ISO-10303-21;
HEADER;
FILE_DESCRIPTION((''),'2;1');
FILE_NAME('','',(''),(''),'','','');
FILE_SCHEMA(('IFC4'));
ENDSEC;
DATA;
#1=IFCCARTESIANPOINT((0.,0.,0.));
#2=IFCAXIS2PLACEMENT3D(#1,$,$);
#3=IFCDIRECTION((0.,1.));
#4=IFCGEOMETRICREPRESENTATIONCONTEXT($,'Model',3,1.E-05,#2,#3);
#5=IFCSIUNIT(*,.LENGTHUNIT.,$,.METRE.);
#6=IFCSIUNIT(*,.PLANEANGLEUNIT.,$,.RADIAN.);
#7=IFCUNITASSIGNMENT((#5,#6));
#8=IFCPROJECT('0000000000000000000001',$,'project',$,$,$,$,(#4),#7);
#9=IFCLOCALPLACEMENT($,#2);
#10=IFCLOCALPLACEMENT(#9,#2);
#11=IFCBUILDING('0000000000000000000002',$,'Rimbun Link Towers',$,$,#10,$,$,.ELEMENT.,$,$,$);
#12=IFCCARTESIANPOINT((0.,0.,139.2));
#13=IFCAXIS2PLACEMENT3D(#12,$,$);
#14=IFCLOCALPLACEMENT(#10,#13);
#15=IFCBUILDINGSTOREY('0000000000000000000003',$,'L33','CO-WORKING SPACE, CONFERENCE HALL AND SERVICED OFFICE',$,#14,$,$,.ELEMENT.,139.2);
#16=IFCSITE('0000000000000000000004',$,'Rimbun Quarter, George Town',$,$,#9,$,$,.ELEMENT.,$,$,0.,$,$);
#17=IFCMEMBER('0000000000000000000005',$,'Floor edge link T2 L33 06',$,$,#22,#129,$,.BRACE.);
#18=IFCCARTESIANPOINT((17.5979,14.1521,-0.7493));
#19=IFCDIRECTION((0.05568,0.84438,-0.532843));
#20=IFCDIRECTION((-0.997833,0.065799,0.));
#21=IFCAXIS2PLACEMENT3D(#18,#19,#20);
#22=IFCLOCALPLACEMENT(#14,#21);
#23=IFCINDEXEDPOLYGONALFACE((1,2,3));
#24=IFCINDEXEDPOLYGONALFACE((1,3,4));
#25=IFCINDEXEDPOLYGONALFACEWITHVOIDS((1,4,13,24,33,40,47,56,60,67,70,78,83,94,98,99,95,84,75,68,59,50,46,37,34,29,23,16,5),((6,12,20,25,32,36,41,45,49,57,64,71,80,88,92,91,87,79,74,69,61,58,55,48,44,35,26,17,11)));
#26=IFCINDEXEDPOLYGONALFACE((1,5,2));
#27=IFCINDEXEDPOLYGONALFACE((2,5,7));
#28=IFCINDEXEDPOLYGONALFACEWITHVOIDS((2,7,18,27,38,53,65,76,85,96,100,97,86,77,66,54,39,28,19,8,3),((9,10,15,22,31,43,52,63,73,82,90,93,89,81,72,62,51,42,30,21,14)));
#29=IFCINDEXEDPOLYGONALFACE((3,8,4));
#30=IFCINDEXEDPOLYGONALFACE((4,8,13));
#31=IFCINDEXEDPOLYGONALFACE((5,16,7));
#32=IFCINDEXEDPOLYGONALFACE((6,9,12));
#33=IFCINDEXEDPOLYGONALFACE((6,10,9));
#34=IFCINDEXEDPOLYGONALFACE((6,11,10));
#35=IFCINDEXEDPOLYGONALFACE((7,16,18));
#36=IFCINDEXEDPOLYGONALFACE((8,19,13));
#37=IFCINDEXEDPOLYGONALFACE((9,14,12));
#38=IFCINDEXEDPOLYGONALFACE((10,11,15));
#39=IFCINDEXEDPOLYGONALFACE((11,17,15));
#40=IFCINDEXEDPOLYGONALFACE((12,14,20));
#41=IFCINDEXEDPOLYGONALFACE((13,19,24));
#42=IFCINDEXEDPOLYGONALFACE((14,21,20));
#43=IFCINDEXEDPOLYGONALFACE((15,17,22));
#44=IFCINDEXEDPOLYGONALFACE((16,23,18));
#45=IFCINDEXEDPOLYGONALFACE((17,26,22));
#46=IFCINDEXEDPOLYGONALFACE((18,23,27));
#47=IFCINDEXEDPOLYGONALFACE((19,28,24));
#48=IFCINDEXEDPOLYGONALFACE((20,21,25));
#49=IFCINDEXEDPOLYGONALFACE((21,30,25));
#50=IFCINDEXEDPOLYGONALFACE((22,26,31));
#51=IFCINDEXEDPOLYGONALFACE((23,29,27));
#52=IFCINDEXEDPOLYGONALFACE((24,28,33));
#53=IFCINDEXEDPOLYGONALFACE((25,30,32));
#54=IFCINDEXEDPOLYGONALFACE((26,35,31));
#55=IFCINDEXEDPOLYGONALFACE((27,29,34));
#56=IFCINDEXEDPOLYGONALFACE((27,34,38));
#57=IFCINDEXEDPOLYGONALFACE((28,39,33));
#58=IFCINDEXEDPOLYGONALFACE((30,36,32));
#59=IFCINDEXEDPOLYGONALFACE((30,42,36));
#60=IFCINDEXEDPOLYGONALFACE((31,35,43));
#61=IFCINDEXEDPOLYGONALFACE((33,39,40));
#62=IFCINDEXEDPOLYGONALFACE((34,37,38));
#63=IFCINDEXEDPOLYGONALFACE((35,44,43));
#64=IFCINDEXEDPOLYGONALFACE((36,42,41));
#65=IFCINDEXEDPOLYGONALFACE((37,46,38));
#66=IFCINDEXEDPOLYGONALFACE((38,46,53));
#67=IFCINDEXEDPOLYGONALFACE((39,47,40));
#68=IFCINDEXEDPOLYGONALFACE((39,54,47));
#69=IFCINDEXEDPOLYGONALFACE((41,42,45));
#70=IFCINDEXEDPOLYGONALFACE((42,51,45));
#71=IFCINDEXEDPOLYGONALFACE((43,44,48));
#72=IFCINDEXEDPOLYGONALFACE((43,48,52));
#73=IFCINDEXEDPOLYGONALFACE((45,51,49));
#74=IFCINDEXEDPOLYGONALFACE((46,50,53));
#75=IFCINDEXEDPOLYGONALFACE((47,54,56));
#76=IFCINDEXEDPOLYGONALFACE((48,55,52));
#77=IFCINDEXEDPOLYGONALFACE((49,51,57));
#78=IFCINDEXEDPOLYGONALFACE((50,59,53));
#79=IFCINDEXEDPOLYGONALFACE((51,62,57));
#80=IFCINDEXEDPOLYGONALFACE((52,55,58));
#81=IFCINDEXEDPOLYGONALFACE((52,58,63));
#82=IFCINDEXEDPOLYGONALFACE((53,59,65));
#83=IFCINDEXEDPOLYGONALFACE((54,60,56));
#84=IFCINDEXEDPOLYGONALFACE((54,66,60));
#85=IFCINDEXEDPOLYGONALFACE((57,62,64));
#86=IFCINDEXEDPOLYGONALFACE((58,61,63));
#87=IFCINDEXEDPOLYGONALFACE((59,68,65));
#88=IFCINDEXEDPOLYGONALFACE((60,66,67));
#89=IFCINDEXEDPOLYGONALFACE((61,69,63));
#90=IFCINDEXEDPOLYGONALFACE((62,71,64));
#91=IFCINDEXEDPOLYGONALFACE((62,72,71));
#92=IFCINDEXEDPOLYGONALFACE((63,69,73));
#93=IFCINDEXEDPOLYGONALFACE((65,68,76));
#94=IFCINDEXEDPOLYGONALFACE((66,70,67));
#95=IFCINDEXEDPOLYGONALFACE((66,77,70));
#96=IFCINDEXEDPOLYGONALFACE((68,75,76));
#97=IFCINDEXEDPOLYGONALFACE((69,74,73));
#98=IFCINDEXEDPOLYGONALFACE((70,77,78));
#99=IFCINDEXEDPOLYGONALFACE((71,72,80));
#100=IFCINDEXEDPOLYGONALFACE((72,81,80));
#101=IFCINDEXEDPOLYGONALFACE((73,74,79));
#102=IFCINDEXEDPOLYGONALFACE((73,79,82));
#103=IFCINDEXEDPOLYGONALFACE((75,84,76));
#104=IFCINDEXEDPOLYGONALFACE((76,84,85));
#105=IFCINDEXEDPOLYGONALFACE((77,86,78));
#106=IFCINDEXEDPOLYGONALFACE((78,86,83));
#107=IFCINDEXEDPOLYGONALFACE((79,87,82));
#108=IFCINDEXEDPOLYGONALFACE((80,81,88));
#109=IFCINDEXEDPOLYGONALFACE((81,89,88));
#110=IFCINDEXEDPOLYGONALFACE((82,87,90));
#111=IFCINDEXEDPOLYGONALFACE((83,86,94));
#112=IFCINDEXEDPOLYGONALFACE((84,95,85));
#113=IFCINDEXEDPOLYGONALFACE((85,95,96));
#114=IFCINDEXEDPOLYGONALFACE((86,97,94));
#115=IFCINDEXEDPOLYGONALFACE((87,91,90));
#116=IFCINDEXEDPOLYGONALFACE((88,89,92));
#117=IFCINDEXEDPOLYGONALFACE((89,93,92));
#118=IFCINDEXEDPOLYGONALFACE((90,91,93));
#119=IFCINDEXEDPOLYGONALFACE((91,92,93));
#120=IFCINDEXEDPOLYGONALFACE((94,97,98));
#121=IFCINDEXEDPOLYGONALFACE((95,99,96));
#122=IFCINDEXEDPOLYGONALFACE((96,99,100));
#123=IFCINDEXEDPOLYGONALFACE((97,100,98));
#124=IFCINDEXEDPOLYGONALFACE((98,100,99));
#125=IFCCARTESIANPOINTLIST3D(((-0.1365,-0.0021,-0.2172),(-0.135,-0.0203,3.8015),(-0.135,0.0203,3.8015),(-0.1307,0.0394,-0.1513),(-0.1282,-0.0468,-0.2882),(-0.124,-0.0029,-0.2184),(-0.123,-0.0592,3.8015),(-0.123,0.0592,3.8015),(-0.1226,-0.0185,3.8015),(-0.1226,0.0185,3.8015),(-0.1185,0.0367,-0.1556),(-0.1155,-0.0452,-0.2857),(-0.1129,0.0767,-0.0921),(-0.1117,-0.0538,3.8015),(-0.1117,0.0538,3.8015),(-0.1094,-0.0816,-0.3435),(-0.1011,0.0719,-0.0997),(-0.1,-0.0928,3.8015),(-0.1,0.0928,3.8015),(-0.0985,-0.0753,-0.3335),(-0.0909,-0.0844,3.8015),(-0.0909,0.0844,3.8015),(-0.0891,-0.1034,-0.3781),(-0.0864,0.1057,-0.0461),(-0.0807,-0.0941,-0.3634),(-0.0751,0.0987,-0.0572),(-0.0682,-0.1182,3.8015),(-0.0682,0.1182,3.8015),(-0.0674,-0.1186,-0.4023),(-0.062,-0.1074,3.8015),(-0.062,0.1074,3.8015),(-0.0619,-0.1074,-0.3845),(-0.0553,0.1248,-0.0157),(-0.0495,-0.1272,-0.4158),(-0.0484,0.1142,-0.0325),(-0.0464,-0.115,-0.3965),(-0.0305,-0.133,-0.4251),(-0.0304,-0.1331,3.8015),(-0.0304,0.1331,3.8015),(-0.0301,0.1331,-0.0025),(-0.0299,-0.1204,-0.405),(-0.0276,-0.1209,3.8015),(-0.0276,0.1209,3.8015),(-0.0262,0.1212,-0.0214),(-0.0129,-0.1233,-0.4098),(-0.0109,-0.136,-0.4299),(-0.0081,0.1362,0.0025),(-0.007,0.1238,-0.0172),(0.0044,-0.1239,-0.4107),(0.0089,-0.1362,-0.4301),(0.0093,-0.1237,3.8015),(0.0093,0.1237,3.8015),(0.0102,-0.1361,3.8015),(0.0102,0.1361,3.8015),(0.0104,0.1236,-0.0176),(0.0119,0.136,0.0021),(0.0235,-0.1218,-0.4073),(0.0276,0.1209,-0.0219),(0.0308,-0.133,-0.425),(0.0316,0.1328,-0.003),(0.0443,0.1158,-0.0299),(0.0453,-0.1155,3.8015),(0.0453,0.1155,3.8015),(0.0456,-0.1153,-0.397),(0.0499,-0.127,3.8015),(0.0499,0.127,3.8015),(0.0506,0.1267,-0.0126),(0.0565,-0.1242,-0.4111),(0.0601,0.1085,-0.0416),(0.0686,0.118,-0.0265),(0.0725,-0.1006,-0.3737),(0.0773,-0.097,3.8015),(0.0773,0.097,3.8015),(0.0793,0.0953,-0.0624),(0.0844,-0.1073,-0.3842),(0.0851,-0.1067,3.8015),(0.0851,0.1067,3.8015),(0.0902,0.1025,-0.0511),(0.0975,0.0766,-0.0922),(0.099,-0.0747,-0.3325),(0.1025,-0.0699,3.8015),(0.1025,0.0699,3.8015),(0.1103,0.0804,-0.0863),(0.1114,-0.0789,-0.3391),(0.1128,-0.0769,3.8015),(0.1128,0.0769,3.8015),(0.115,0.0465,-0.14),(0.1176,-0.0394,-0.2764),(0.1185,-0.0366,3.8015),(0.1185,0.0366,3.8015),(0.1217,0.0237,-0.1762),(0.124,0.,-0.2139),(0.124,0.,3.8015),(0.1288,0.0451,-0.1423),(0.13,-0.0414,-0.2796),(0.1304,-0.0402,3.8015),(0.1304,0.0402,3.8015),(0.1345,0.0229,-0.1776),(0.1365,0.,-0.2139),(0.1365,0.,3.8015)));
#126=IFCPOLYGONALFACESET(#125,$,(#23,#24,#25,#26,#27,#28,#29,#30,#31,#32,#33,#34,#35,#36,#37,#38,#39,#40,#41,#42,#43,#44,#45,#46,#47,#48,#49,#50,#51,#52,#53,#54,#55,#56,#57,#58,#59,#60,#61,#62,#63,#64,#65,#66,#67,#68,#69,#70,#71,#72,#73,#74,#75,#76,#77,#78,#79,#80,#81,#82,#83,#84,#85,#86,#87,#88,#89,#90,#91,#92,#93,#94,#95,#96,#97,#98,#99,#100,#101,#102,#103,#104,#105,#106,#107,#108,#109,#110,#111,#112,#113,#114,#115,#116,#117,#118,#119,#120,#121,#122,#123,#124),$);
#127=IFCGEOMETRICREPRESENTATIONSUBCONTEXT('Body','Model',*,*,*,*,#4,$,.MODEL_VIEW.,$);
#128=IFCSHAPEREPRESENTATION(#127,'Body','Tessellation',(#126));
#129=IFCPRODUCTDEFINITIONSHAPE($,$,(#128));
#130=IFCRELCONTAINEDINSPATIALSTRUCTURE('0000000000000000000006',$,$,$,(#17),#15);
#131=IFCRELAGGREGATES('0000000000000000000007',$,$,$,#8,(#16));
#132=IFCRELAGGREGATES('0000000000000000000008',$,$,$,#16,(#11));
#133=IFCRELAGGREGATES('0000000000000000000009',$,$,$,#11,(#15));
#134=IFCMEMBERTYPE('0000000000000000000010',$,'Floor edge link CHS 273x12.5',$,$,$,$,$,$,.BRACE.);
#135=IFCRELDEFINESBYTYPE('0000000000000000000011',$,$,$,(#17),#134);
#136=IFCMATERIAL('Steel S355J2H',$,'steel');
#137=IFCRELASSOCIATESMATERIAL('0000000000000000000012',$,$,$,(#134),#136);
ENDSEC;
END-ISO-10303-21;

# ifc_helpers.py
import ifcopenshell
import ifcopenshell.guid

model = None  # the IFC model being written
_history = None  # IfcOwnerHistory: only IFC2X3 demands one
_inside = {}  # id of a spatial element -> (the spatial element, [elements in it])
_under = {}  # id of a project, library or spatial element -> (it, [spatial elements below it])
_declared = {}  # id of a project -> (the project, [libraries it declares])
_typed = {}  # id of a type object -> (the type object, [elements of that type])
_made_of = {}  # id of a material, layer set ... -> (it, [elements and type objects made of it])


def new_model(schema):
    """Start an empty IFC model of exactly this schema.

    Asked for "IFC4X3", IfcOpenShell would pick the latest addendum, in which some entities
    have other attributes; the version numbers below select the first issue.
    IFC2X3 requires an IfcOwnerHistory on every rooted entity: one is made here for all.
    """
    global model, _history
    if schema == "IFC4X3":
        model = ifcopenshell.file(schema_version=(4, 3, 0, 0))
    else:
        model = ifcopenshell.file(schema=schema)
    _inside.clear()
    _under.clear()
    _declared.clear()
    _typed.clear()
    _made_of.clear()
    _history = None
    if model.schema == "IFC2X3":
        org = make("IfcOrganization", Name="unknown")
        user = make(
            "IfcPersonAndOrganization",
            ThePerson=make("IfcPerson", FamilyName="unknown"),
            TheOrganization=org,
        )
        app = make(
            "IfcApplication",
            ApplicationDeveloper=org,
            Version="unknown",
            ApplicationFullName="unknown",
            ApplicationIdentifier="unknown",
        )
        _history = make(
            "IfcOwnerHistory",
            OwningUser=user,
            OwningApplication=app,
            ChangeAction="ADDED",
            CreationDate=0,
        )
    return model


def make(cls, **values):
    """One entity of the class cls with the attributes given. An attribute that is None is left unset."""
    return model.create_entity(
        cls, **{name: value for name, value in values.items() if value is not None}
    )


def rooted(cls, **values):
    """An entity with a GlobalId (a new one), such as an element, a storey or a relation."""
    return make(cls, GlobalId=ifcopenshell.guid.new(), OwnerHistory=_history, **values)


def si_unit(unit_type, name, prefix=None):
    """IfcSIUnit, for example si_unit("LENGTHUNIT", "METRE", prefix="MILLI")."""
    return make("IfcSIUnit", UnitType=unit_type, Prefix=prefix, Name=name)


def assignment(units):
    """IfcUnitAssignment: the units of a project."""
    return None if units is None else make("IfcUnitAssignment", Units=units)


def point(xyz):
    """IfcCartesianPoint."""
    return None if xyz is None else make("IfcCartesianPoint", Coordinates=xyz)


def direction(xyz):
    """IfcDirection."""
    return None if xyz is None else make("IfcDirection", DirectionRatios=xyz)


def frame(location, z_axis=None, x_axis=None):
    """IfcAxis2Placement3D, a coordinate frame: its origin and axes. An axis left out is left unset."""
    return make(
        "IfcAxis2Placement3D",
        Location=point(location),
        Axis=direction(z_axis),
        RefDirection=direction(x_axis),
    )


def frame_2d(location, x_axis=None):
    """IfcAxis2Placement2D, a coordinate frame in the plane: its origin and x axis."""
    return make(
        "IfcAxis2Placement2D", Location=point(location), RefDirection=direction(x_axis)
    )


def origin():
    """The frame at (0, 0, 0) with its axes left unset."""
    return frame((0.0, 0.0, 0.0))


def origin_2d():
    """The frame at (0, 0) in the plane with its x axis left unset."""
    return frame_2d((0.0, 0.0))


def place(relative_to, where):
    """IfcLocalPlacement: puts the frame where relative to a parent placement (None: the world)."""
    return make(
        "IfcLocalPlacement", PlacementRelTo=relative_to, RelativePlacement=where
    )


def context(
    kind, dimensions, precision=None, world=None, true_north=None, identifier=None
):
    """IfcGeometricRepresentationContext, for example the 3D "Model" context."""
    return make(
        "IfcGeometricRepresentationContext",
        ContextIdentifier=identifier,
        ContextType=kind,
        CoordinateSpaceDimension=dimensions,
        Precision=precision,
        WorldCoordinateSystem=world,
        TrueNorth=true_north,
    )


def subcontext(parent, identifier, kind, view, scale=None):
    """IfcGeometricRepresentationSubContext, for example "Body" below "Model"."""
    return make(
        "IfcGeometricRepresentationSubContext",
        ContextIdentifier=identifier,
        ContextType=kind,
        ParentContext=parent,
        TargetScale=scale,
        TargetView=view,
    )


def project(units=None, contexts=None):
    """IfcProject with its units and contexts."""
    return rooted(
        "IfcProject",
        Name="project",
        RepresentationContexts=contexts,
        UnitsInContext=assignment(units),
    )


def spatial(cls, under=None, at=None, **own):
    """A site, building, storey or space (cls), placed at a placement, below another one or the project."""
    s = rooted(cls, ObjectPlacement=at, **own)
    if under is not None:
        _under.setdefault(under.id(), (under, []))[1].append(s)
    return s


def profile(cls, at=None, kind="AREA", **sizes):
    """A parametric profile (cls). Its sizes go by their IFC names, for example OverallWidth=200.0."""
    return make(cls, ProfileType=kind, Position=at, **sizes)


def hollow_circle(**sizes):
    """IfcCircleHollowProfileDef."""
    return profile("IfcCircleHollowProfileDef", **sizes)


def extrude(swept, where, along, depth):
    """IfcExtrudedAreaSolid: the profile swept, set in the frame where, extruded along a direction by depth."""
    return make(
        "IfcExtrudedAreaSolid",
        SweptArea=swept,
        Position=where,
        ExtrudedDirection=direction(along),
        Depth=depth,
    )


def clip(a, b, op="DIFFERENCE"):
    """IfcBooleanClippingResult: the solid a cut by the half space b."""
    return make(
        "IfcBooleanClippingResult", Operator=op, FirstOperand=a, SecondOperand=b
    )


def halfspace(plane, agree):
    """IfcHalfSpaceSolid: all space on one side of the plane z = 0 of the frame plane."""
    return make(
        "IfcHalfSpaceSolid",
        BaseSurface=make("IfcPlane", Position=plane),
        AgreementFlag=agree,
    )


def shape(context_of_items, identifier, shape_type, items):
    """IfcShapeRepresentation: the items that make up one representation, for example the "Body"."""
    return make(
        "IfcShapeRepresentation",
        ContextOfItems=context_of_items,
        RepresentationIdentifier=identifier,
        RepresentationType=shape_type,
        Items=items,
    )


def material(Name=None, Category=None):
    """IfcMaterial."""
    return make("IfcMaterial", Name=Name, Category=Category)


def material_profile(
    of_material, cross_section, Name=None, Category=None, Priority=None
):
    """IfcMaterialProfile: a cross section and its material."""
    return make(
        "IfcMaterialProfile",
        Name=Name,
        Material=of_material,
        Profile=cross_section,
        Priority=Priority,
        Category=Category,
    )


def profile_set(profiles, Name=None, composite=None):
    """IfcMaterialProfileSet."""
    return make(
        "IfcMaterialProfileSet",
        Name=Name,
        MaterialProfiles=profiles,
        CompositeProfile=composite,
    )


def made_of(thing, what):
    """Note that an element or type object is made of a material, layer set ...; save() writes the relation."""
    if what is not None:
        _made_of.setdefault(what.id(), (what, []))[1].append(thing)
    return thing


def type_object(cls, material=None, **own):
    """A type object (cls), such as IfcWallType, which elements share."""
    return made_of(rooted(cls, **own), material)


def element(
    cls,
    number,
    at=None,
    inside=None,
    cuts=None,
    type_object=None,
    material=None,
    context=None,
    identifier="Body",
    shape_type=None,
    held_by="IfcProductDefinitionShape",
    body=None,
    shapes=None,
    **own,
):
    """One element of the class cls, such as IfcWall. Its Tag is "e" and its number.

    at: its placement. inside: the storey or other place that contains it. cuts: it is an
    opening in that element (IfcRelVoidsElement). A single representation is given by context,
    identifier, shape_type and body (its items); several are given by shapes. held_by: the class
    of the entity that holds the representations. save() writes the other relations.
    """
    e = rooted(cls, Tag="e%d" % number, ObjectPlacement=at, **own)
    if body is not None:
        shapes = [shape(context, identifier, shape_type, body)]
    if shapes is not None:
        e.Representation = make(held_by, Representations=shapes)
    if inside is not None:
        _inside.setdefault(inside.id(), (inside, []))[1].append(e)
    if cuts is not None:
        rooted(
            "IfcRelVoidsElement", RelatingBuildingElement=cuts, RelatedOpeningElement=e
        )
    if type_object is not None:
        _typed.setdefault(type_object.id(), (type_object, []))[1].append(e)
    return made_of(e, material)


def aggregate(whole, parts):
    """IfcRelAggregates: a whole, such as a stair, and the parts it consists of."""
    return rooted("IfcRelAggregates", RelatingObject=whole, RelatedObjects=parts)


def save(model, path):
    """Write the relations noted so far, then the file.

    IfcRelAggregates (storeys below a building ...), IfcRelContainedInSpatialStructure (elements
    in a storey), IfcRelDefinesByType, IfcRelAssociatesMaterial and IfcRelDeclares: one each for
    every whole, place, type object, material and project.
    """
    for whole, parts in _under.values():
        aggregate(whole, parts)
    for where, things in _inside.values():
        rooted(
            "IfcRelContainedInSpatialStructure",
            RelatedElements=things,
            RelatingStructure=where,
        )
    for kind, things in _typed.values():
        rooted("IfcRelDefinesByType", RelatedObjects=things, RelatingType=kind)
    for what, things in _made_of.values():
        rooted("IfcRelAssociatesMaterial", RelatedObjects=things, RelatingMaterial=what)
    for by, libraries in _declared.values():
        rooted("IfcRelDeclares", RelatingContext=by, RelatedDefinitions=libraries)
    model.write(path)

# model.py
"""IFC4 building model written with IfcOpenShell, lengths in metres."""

from ifc_helpers import new_model, si_unit, direction, frame, origin, origin_2d, place, context, subcontext, project, spatial, hollow_circle, extrude, clip, halfspace, material, material_profile, profile_set, type_object, element, save


model = new_model("IFC4")

# Units and contexts
model_context = context("Model", 3, precision=1e-05, world=origin(), true_north=direction((0.0, 1.0)))
body_context = subcontext(model_context, "Body", "Model", "MODEL_VIEW")
ifc_project = project(units=[si_unit("LENGTHUNIT", "METRE"), si_unit("PLANEANGLEUNIT", "RADIAN")], contexts=[model_context])

# Site, building, storey
site_placement = place(None, origin())
site = spatial("IfcSite", under=ifc_project, at=site_placement, Name="Rimbun Quarter, George Town", CompositionType="ELEMENT", RefElevation=0.0)
building_placement = place(site_placement, origin())
building = spatial("IfcBuilding", under=site, at=building_placement, Name="Rimbun Link Towers", CompositionType="ELEMENT")
storey_placement = place(building_placement, frame((0.0, 0.0, 139.2)))
storey = spatial("IfcBuildingStorey", under=building, at=storey_placement, Name="L33", Description="CO-WORKING SPACE, CONFERENCE HALL AND SERVICED OFFICE", CompositionType="ELEMENT", Elevation=139.2)

# Member
ifc_material_1 = material(Name="Steel S355J2H", Category="steel")
ifc_material_profile_1 = material_profile(ifc_material_1, hollow_circle(Radius=0.1365, WallThickness=0.0125, at=origin_2d()), Name="CHS 273x12.5")
ifc_profile_set_1 = profile_set([ifc_material_profile_1], Name="Steel S355J2H")
member_type_1 = type_object("IfcMemberType", Name="Floor edge link CHS 273x12.5", PredefinedType="BRACE", material=ifc_profile_set_1)
member_1_placement = place(storey_placement, frame((17.5979, 14.1521, -0.7493), z_axis=(0.05568, 0.84438, -0.532843), x_axis=(-0.997833, 0.065799, 0.0)))
element("IfcMember", 1, at=member_1_placement, inside=storey, type_object=member_type_1, Name="Floor edge link T2 L33 06", PredefinedType="BRACE", context=body_context, shape_type="Clipping", body=[
    clip(extrude(hollow_circle(Radius=0.1365, WallThickness=0.0125, at=origin_2d()), frame((0.0, 0.0, -0.4524)), (0.0, 0.0, 1.0), 4.2539), halfspace(frame((0.0, 0.0, -0.2139), z_axis=(0.0, 0.846214, -0.532843)), False)),
])

save(model, "model.ifc")
